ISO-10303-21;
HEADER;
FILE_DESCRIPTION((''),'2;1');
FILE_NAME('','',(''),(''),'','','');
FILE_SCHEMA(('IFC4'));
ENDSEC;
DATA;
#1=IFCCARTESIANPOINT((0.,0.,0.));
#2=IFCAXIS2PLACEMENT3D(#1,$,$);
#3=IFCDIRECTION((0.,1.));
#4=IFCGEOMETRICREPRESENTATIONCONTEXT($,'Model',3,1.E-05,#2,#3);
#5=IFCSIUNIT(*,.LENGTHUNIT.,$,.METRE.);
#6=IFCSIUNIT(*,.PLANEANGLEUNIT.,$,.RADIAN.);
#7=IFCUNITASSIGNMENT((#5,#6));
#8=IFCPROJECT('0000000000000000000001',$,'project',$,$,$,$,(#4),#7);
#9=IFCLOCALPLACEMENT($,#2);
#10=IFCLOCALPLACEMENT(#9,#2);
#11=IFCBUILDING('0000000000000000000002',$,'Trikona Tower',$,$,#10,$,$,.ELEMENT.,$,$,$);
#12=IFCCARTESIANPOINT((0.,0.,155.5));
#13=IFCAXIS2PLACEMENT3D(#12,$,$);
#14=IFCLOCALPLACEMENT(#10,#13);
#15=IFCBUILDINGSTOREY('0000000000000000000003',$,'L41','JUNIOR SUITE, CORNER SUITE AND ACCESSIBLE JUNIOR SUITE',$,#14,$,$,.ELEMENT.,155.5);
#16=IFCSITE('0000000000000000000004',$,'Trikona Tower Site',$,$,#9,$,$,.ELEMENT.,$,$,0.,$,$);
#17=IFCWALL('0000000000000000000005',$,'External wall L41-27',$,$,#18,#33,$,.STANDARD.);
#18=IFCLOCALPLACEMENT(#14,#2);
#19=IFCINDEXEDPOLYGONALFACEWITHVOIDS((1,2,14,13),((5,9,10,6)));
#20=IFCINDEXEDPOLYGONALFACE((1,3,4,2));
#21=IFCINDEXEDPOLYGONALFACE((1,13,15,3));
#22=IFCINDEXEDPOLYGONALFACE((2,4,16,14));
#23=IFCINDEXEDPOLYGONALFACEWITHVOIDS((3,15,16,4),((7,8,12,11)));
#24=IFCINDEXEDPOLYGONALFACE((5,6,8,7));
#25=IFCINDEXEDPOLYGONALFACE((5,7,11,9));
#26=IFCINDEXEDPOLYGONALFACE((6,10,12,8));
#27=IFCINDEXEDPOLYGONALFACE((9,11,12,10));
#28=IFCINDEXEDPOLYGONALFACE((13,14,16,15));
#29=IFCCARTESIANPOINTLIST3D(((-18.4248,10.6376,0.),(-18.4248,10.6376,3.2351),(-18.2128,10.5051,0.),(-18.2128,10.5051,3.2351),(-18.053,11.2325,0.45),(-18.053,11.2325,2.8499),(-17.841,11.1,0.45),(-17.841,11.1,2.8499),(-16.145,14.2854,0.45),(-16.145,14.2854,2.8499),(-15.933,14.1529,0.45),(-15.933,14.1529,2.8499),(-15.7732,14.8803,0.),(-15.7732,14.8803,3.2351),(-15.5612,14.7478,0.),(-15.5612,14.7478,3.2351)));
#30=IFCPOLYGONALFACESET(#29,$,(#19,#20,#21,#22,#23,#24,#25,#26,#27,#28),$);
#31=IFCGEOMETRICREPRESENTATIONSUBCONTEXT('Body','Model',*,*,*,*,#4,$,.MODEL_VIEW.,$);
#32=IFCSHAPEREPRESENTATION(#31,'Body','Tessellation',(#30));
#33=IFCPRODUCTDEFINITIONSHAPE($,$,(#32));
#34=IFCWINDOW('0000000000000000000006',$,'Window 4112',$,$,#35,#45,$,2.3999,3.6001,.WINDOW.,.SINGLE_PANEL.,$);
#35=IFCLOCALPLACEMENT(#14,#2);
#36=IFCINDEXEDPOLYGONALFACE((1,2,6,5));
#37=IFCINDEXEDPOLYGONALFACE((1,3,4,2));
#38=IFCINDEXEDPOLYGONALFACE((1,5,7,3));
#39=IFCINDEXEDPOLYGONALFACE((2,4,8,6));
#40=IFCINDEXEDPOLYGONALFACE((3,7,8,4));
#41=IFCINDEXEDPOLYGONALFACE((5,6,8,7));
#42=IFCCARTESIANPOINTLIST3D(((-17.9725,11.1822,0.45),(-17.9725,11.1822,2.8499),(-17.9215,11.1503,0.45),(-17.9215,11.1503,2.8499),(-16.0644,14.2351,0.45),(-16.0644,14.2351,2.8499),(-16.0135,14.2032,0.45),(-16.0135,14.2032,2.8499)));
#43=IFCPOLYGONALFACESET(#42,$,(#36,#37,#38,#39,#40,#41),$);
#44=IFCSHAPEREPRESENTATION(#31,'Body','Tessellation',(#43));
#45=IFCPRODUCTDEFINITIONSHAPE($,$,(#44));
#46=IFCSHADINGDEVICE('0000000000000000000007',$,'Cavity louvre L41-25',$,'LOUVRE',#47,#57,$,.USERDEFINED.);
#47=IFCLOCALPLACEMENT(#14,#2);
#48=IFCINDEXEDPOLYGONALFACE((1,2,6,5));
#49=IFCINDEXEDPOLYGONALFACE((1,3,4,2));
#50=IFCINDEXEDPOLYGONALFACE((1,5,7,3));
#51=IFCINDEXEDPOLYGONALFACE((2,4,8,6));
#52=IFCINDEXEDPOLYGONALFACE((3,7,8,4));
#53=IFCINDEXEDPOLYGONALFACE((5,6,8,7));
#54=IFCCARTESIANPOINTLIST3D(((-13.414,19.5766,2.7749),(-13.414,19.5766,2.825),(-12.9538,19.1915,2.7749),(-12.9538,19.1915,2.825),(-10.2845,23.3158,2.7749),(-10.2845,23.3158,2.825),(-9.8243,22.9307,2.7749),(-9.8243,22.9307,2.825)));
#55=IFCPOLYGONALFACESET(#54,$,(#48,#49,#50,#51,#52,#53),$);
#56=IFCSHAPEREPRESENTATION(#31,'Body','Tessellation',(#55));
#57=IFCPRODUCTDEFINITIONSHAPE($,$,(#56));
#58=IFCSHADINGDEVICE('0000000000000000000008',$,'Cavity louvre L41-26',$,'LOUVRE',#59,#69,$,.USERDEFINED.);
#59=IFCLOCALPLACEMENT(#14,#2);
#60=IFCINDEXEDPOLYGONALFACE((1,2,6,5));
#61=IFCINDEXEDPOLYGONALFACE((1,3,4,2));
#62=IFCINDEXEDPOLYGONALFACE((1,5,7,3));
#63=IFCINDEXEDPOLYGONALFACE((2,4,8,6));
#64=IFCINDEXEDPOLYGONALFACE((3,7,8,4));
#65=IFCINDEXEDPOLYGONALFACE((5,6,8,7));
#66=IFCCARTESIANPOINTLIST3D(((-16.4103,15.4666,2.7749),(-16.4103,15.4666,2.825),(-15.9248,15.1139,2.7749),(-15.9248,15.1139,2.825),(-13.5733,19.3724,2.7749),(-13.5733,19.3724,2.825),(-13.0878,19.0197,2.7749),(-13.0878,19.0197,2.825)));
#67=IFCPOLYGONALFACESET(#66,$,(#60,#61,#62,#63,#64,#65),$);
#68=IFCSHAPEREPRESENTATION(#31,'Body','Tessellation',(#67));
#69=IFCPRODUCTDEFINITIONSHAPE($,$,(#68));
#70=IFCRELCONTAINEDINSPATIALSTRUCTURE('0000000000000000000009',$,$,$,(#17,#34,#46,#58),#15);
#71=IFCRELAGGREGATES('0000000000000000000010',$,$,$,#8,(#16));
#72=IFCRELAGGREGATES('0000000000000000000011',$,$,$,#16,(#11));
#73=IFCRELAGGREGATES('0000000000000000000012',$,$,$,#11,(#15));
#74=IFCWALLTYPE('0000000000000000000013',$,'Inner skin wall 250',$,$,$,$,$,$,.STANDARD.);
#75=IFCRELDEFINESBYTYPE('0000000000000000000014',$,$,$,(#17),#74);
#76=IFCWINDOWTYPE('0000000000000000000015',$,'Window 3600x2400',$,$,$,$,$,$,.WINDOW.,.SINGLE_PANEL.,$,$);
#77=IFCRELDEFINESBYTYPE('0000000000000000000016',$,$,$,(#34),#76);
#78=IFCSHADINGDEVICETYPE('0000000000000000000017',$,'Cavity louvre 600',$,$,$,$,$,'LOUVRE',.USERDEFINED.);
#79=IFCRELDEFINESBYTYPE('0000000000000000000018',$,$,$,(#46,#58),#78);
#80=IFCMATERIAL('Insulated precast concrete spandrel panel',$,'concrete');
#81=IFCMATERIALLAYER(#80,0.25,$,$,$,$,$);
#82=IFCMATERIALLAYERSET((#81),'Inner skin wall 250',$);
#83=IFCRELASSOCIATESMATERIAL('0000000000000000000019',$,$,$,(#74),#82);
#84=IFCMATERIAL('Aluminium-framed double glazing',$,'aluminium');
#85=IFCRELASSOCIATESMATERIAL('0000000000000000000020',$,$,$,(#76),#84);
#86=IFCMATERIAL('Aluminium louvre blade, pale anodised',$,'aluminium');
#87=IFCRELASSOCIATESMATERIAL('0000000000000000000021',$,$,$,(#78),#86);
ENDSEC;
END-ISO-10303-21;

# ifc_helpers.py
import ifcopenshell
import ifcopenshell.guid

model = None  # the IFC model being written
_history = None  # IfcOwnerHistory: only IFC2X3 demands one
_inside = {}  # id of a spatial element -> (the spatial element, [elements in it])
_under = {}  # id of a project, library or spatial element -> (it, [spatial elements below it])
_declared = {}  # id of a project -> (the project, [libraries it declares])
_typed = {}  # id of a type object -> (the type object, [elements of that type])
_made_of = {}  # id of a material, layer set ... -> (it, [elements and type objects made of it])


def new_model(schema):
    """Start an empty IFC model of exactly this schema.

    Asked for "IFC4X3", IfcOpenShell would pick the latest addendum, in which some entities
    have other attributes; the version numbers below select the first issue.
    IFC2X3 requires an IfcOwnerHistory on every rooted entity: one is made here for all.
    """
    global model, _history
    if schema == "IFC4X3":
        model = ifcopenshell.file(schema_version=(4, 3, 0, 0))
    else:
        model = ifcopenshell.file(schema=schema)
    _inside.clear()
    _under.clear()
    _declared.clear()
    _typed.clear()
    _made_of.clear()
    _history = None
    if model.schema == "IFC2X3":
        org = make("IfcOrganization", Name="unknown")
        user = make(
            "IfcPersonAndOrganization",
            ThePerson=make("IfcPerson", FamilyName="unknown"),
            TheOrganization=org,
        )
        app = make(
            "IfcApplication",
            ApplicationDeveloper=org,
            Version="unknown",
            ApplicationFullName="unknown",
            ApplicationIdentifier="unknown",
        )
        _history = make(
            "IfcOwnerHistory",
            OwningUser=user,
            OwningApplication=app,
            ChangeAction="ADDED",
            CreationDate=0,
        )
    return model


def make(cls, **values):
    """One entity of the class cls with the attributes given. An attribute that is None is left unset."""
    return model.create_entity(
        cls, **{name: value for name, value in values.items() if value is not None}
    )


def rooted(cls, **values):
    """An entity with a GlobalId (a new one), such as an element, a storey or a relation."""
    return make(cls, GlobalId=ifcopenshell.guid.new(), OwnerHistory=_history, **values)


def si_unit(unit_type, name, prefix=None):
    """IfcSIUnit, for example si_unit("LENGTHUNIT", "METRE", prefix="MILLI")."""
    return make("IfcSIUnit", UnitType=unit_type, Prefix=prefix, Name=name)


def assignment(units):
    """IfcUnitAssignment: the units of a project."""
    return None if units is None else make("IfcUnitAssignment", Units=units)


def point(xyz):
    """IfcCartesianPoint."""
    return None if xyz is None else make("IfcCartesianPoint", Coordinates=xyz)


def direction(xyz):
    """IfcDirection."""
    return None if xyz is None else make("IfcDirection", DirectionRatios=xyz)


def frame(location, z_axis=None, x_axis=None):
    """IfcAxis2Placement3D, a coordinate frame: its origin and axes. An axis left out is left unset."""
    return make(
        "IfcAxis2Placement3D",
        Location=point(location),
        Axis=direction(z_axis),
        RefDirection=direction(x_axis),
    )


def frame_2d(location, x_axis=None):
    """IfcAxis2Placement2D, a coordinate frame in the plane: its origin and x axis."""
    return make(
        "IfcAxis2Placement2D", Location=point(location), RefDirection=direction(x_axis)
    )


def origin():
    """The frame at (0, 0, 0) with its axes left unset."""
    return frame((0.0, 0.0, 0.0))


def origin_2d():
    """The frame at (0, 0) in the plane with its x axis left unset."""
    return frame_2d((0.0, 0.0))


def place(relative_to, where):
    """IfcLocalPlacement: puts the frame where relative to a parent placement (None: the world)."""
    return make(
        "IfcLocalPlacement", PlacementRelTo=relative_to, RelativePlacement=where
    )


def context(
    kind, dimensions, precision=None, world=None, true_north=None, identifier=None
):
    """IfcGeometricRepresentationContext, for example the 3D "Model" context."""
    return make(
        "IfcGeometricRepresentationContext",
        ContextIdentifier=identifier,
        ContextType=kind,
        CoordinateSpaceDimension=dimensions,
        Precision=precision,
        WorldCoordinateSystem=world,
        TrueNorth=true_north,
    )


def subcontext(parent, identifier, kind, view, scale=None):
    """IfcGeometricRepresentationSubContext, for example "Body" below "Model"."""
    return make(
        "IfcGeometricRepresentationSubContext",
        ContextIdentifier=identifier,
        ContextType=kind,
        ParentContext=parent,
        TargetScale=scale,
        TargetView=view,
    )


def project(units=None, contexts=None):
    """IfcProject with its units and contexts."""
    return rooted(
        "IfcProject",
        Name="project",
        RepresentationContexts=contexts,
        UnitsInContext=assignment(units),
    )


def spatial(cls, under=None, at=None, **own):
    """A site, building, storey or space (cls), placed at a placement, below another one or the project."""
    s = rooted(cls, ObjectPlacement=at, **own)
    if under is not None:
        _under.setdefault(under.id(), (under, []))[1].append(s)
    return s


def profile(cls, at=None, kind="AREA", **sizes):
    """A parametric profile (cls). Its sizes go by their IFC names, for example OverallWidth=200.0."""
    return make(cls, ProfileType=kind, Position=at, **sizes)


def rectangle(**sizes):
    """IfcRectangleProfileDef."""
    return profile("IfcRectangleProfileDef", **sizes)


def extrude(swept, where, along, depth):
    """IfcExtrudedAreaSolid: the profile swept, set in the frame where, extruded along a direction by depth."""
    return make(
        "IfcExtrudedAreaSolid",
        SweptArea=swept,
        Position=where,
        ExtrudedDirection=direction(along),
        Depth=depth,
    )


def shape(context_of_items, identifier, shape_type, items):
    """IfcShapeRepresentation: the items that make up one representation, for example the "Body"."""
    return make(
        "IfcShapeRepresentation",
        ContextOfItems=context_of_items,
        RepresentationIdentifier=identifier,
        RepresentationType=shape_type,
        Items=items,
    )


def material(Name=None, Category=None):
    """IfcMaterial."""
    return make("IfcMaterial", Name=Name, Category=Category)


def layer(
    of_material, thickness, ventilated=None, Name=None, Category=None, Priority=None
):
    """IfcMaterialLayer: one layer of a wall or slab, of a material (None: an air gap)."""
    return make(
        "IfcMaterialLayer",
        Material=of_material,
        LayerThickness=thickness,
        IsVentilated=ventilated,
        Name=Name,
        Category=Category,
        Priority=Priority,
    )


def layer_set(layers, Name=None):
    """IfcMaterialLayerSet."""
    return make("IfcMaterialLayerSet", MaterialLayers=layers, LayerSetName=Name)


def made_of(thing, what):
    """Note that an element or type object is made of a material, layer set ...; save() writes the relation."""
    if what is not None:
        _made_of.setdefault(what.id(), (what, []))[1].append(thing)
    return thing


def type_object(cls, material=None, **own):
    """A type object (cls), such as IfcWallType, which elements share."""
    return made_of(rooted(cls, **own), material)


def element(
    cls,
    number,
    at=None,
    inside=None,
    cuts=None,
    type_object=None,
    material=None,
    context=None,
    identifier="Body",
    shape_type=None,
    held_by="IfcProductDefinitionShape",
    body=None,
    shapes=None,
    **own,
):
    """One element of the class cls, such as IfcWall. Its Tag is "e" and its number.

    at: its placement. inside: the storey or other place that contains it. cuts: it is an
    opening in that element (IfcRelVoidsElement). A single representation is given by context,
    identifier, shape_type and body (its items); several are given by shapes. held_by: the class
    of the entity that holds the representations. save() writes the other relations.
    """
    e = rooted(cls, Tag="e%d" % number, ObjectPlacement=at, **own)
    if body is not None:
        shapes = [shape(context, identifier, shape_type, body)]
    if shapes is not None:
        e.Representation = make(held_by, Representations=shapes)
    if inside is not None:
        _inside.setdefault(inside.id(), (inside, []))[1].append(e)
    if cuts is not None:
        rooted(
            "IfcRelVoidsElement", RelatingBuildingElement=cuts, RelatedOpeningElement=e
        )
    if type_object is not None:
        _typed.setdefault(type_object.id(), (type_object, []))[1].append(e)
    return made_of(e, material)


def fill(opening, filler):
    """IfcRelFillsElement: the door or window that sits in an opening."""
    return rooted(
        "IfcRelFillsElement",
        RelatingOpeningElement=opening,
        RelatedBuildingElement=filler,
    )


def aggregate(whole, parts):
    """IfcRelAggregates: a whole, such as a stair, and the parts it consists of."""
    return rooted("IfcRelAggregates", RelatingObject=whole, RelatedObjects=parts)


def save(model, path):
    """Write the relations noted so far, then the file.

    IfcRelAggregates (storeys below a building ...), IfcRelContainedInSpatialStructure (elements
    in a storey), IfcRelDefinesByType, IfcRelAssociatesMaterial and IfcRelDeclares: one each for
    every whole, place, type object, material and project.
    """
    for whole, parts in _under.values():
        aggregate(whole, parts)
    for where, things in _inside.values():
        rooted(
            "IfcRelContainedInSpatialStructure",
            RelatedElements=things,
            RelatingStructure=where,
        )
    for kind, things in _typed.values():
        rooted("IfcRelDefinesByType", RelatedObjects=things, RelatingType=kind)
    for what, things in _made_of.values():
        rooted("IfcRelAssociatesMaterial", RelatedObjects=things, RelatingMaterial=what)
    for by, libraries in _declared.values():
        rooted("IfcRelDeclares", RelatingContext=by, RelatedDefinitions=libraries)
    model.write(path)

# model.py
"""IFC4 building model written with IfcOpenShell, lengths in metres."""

from ifc_helpers import new_model, si_unit, direction, frame, frame_2d, origin, origin_2d, place, context, subcontext, project, spatial, rectangle, extrude, material, layer, layer_set, type_object, element, fill, save


model = new_model("IFC4")

# Units and contexts
model_context = context("Model", 3, precision=1e-05, world=origin(), true_north=direction((0.0, 1.0)))
body_context = subcontext(model_context, "Body", "Model", "MODEL_VIEW")
ifc_project = project(units=[si_unit("LENGTHUNIT", "METRE"), si_unit("PLANEANGLEUNIT", "RADIAN")], contexts=[model_context])

# Site, building, storey
site_placement = place(None, origin())
site = spatial("IfcSite", under=ifc_project, at=site_placement, Name="Trikona Tower Site", CompositionType="ELEMENT", RefElevation=0.0)
building_placement = place(site_placement, origin())
building = spatial("IfcBuilding", under=site, at=building_placement, Name="Trikona Tower", CompositionType="ELEMENT")
storey_placement = place(building_placement, frame((0.0, 0.0, 155.5)))
storey = spatial("IfcBuildingStorey", under=building, at=storey_placement, Name="L41", Description="JUNIOR SUITE, CORNER SUITE AND ACCESSIBLE JUNIOR SUITE", CompositionType="ELEMENT", Elevation=155.5)

# Wall, opening, window
ifc_material_1 = material(Name="Insulated precast concrete spandrel panel", Category="concrete")
ifc_layer_1 = layer(ifc_material_1, 0.25)
ifc_layer_set_1 = layer_set([ifc_layer_1], Name="Inner skin wall 250")
wall_type = type_object("IfcWallType", Name="Inner skin wall 250", PredefinedType="STANDARD", material=ifc_layer_set_1)
ifc_material_2 = material(Name="Aluminium-framed double glazing", Category="aluminium")
window_type = type_object("IfcWindowType", Name="Window 3600x2400", PartitioningType="SINGLE_PANEL", PredefinedType="WINDOW", material=ifc_material_2)
wall_1_placement = place(storey_placement, frame((-15.6672, 14.814, 0.0), z_axis=(0.0, 0.0, 1.0), x_axis=(-0.52999, -0.848004, 0.0)))
wall_1 = element("IfcWall", 1, at=wall_1_placement, inside=storey, type_object=wall_type, Name="External wall L41-27", PredefinedType="STANDARD", context=body_context, shape_type="SweptSolid", body=[
    extrude(rectangle(XDim=5.0032, YDim=0.25, at=frame_2d((2.5015, 0.0))), origin(), (0.0, 0.0, 1.0), 3.2351),
])
opening_1_placement = place(wall_1_placement, frame((0.7014, 0.0, 0.45)))
opening_1 = element("IfcOpeningElement", 2, at=opening_1_placement, cuts=wall_1, PredefinedType="OPENING", context=body_context, shape_type="SweptSolid", body=[
    extrude(rectangle(XDim=3.6001, YDim=2.3999, at=frame_2d((1.8, 1.2))), frame((0.0, 0.135, 0.0), z_axis=(0.0, -1.0, 0.0), x_axis=(1.0, 0.0, 0.0)), (0.0, 0.0, 1.0), 0.27),
])
window_1_placement = place(opening_1_placement, origin())
window_1 = element("IfcWindow", 3, at=window_1_placement, inside=storey, type_object=window_type, Name="Window 4112", OverallHeight=2.3999, OverallWidth=3.6001, PartitioningType="SINGLE_PANEL", PredefinedType="WINDOW", context=body_context, shape_type="SweptSolid", body=[
    extrude(rectangle(XDim=3.6001, YDim=2.3999, at=frame_2d((1.8, 1.2))), frame((0.0, 0.03, 0.0), z_axis=(0.0, -1.0, 0.0), x_axis=(1.0, 0.0, 0.0)), (0.0, 0.0, 1.0), 0.0601),
])
fill(opening_1, window_1)

# Shading devices
ifc_material_3 = material(Name="Aluminium louvre blade, pale anodised", Category="aluminium")
shading_device_type = type_object("IfcShadingDeviceType", Name="Cavity louvre 600", ElementType="LOUVRE", PredefinedType="USERDEFINED", material=ifc_material_3)
shading_device_1_placement = place(storey_placement, frame((-11.6191, 21.2537, 2.7749), z_axis=(0.0, 0.0, 1.0), x_axis=(-0.641807, -0.766866, 0.0)))
element("IfcShadingDevice", 4, at=shading_device_1_placement, inside=storey, type_object=shading_device_type, Name="Cavity louvre L41-25", ObjectType="LOUVRE", PredefinedType="USERDEFINED", context=body_context, shape_type="SweptSolid", body=[
    extrude(rectangle(XDim=4.876, YDim=0.6001, at=origin_2d()), origin(), (0.0, 0.0, 1.0), 0.05),
])
shading_device_2_placement = place(storey_placement, frame((-14.749, 17.2432, 2.7749), z_axis=(0.0, 0.0, 1.0), x_axis=(-0.587686, -0.809089, 0.0)))
element("IfcShadingDevice", 5, at=shading_device_2_placement, inside=storey, type_object=shading_device_type, Name="Cavity louvre L41-26", ObjectType="LOUVRE", PredefinedType="USERDEFINED", context=body_context, shape_type="SweptSolid", body=[
    extrude(rectangle(XDim=4.8274, YDim=0.6001, at=origin_2d()), origin(), (0.0, 0.0, 1.0), 0.05),
])

save(model, "model.ifc")
